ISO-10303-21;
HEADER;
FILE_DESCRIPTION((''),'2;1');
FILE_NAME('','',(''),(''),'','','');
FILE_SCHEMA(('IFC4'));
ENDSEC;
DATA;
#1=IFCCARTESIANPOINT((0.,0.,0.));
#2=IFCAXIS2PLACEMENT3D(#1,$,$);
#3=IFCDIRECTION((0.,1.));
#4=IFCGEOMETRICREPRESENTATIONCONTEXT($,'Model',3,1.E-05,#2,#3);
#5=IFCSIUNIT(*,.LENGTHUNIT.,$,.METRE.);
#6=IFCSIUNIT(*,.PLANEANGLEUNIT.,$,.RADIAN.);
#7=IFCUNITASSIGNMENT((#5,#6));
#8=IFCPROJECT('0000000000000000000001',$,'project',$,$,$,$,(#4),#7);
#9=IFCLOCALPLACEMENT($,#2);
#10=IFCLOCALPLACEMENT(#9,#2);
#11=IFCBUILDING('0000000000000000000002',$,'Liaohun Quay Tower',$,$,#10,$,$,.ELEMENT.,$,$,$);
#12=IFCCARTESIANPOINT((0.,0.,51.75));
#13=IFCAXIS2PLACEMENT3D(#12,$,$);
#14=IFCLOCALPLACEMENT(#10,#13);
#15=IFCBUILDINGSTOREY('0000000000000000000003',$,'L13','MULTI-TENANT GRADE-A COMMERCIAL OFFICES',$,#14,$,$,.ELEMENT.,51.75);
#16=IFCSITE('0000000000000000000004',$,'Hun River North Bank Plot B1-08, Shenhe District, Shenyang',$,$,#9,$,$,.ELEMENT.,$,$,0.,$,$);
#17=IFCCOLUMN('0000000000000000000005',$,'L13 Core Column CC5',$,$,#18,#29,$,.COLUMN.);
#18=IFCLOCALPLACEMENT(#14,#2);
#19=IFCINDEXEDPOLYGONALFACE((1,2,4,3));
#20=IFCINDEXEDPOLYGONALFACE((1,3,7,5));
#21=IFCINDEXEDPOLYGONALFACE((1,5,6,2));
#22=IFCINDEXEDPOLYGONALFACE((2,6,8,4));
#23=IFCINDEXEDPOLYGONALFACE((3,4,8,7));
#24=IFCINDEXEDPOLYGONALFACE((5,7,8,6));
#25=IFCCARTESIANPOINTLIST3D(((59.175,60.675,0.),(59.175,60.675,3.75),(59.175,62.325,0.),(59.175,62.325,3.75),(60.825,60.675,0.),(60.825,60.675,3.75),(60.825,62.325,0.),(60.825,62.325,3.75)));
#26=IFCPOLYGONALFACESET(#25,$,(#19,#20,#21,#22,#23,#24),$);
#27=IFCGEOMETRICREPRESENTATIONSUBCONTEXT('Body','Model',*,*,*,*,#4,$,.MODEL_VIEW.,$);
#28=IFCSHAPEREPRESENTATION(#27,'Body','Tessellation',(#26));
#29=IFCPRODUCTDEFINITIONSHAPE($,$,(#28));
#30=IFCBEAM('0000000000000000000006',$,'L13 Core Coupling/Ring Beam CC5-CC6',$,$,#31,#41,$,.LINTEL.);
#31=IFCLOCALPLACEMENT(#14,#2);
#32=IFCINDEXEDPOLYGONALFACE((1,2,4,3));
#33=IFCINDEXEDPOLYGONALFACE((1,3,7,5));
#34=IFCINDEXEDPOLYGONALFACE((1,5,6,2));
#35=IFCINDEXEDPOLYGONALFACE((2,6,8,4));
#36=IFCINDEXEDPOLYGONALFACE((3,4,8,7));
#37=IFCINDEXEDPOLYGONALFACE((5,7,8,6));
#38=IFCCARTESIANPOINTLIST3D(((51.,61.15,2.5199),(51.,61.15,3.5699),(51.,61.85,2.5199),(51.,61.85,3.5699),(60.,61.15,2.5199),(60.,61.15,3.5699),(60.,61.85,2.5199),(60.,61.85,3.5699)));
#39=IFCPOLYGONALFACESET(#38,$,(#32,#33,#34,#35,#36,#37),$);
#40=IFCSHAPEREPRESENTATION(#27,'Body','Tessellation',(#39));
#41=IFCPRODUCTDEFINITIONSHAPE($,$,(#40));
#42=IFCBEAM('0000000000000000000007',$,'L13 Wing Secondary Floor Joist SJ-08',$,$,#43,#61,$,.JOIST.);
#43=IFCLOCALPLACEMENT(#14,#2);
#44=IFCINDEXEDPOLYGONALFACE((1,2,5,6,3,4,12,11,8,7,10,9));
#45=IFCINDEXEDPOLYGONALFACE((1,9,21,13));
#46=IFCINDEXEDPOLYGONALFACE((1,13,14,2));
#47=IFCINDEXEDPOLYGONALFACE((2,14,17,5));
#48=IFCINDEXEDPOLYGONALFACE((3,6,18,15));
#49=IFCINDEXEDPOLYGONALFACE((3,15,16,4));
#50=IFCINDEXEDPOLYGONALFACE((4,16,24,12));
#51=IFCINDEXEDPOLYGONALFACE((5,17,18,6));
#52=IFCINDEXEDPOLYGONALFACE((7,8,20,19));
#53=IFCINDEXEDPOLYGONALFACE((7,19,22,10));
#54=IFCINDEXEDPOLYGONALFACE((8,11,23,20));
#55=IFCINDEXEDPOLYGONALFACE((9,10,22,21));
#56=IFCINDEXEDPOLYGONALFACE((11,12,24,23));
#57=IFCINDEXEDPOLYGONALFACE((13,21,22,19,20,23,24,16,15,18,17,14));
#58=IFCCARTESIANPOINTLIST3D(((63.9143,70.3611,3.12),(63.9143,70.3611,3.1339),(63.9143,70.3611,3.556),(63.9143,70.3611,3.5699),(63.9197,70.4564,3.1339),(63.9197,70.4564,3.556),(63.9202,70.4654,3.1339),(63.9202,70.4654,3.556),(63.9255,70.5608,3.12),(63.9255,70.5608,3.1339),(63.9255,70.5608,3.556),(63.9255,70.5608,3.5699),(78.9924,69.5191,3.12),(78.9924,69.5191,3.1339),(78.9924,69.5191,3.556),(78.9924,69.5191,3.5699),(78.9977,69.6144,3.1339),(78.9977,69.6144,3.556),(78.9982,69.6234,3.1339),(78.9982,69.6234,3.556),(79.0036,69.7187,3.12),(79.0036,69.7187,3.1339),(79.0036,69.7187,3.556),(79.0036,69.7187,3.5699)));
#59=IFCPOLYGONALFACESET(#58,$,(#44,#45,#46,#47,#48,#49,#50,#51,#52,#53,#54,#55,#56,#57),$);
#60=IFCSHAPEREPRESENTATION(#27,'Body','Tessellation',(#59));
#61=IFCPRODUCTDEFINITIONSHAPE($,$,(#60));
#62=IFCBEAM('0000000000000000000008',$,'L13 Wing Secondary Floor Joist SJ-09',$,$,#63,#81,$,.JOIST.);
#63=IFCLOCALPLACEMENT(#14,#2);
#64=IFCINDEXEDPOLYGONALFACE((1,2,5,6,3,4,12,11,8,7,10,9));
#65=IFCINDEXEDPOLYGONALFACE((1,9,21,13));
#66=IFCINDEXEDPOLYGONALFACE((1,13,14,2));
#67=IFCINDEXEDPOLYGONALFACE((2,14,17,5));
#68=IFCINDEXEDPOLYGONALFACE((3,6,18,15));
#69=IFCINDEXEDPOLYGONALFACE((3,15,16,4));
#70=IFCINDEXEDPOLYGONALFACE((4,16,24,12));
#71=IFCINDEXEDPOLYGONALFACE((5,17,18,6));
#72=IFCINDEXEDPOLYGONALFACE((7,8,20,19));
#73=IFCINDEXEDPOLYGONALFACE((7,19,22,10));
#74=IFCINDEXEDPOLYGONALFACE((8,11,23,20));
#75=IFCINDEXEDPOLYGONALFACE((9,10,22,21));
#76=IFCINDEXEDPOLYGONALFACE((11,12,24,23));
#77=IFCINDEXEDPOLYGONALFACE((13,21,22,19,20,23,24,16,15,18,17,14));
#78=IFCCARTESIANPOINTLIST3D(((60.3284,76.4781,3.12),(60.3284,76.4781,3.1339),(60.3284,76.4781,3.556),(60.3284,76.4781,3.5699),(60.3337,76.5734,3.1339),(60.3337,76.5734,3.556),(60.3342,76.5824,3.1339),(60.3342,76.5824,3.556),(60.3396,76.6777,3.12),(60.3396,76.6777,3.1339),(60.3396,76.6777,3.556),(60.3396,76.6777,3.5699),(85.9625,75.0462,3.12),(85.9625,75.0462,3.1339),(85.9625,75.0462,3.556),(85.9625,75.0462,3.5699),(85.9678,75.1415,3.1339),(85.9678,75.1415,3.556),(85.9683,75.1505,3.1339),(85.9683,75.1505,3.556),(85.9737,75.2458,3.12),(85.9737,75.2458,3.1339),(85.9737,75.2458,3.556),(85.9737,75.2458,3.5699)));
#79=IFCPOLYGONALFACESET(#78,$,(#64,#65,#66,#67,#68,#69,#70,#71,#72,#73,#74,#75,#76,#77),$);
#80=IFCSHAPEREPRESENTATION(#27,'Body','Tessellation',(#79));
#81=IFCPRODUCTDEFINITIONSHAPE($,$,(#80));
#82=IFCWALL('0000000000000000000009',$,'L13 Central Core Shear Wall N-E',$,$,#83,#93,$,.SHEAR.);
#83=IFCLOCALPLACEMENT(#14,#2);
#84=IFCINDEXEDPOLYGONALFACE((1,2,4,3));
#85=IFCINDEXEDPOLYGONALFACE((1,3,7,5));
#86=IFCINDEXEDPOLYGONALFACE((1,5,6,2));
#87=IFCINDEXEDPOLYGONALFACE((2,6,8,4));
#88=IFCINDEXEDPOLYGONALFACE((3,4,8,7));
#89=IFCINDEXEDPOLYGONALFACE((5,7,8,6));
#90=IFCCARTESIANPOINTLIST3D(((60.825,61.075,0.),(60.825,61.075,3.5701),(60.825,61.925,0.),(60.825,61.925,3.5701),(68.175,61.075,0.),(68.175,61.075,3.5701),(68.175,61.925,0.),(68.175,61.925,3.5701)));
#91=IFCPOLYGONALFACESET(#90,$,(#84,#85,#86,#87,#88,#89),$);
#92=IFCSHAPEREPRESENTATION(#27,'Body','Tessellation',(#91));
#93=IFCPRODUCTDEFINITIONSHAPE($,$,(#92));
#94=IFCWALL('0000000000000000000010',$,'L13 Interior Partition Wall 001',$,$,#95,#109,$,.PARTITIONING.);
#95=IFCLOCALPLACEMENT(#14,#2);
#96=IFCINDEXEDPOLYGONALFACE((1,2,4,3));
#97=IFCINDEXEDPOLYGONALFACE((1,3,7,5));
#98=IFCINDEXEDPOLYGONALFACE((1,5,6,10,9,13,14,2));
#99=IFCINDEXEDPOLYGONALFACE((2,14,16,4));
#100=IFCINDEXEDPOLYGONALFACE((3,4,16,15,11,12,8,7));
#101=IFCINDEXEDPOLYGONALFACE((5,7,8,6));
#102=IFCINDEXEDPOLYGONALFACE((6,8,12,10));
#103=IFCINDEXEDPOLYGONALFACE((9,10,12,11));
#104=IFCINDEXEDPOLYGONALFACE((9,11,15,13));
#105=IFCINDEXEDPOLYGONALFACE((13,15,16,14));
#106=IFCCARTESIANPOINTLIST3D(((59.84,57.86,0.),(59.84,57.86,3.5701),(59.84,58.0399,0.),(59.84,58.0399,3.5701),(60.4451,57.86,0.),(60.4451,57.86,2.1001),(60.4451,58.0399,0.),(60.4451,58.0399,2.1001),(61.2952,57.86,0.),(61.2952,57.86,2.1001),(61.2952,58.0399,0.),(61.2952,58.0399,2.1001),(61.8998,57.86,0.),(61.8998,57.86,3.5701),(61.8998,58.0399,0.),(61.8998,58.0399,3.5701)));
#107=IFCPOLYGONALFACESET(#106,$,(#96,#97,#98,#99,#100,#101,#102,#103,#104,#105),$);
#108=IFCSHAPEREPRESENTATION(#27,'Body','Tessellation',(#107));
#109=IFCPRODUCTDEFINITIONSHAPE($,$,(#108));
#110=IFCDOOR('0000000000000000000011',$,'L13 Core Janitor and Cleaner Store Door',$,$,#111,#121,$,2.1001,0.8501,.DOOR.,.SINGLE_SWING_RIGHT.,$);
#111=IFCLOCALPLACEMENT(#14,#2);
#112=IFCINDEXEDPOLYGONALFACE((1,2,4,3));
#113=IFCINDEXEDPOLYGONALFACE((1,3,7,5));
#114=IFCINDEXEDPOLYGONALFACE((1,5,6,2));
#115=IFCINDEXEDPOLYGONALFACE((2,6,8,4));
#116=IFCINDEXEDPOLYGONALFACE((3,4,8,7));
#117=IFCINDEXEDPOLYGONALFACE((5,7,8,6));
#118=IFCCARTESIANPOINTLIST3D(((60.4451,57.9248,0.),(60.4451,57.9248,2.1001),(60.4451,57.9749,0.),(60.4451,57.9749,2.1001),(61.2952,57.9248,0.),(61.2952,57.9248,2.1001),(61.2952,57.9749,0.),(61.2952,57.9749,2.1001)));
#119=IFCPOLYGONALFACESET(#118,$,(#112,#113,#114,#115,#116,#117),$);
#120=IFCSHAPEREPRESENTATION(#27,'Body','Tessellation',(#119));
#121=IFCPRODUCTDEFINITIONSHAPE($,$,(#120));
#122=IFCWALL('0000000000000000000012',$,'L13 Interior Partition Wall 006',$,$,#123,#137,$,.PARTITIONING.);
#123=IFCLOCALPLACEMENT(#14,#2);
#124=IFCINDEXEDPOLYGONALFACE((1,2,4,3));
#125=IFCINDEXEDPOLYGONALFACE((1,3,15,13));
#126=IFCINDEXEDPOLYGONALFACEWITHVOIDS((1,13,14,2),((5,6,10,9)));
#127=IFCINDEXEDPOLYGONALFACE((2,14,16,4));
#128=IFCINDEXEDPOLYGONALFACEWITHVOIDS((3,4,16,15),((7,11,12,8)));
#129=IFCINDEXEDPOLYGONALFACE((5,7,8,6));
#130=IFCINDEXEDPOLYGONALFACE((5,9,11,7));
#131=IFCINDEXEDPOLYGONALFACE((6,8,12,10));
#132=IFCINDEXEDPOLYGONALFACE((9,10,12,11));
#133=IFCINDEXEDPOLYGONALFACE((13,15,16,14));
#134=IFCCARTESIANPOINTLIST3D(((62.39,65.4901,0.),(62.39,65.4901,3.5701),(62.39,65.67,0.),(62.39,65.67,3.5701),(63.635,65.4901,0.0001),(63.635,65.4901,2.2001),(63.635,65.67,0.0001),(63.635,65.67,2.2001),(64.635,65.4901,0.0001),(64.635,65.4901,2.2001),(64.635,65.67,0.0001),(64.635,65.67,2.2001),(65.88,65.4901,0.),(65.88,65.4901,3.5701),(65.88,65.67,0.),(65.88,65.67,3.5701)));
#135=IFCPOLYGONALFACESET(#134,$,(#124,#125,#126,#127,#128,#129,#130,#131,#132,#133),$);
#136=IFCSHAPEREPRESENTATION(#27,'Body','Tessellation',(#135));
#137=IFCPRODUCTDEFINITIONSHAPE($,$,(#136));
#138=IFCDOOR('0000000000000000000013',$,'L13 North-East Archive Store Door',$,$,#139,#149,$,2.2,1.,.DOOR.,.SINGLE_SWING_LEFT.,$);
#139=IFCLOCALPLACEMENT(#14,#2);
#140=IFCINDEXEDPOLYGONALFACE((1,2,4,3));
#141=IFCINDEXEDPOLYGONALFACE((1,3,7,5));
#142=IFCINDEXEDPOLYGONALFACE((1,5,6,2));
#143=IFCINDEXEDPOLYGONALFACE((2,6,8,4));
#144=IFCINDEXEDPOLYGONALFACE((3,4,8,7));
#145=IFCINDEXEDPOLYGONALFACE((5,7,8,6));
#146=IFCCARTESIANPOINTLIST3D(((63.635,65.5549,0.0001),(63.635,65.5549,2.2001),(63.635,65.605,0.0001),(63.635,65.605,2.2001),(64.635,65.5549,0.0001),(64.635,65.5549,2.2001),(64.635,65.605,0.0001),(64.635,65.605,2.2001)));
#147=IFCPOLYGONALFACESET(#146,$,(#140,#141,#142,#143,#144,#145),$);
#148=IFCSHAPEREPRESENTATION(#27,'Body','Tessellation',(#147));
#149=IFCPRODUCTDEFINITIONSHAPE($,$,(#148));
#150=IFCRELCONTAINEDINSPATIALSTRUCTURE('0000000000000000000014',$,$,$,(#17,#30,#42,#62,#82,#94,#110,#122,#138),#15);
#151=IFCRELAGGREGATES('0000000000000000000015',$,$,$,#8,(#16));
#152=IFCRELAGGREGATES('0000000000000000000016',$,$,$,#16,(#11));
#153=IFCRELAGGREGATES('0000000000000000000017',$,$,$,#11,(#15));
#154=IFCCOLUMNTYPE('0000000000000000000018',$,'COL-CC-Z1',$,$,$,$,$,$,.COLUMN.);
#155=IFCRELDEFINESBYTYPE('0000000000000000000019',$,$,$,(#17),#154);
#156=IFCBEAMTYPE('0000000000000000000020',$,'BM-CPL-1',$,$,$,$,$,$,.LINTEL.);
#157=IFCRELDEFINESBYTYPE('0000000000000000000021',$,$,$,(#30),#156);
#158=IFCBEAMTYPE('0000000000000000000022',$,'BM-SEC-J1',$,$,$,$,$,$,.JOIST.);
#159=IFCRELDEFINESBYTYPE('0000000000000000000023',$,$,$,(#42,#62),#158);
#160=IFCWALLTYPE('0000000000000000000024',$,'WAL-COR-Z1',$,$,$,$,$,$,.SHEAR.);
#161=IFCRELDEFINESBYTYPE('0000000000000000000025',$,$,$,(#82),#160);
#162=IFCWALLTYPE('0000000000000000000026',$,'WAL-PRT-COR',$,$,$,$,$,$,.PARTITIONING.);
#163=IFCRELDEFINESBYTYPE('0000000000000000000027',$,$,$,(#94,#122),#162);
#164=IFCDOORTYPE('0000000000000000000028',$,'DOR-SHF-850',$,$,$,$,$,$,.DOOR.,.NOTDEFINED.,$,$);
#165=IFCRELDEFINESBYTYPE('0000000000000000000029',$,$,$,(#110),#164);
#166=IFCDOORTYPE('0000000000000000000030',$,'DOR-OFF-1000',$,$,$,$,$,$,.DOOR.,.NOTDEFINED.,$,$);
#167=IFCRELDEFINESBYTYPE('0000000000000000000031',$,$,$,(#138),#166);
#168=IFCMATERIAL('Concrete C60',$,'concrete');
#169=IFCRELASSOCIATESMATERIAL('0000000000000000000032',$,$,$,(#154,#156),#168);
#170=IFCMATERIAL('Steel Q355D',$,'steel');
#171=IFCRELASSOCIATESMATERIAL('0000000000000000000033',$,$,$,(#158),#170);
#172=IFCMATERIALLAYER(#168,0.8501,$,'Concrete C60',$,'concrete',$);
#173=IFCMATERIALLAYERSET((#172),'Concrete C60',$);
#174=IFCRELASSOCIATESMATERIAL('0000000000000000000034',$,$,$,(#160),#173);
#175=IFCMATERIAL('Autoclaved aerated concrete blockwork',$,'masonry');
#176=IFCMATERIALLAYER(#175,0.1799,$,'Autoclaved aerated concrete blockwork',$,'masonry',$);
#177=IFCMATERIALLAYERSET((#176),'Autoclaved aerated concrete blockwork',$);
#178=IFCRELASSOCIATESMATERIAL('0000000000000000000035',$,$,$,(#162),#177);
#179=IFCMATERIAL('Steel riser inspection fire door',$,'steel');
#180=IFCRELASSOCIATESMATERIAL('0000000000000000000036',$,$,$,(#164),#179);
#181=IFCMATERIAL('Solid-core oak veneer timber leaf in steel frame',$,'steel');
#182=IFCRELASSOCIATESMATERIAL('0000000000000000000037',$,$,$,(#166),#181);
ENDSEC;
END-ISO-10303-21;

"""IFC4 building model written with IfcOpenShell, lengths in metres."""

from ifc_helpers import new_model, si_unit, direction, frame, frame_2d, origin, origin_2d, place, context, subcontext, project, spatial, rectangle, i_section, extrude, source, transform, mapped, material, layer, layer_set, material_profile, profile_set, type_object, element, fill, save


model = new_model("IFC4")

# Units and contexts
model_context = context("Model", 3, precision=1e-05, world=origin(), true_north=direction((0.0, 1.0)))
body_context = subcontext(model_context, "Body", "Model", "MODEL_VIEW")
ifc_project = project(units=[si_unit("LENGTHUNIT", "METRE"), si_unit("PLANEANGLEUNIT", "RADIAN")], contexts=[model_context])

# Site, building, storey
site_placement = place(None, origin())
site = spatial("IfcSite", under=ifc_project, at=site_placement, Name="Hun River North Bank Plot B1-08, Shenhe District, Shenyang", CompositionType="ELEMENT", RefElevation=0.0)
building_placement = place(site_placement, origin())
building = spatial("IfcBuilding", under=site, at=building_placement, Name="Liaohun Quay Tower", CompositionType="ELEMENT")
storey_placement = place(building_placement, frame((0.0, 0.0, 51.75)))
storey = spatial("IfcBuildingStorey", under=building, at=storey_placement, Name="L13", Description="MULTI-TENANT GRADE-A COMMERCIAL OFFICES", CompositionType="ELEMENT", Elevation=51.75)

# Column
ifc_material_1 = material(Name="Concrete C60", Category="concrete")
ifc_material_profile_1 = material_profile(ifc_material_1, rectangle(XDim=1.6499, YDim=1.6499, at=origin_2d()), Name="RC1650x1650")
ifc_profile_set_1 = profile_set([ifc_material_profile_1], Name="Concrete C60")
column_type = type_object("IfcColumnType", Name="COL-CC-Z1", PredefinedType="COLUMN", material=ifc_profile_set_1)
shared_shape_1 = source(origin(), body_context, "Body", "SweptSolid", [
    extrude(rectangle(XDim=1.6499, YDim=1.6499, at=origin_2d()), origin(), (0.0, 0.0, 1.0), 3.75),
])
column_placement = place(storey_placement, frame((60.0, 61.5, 0.0), z_axis=(0.0, 0.0, 1.0), x_axis=(1.0, 0.0, 0.0)))
element("IfcColumn", 1, at=column_placement, inside=storey, type_object=column_type, Name="L13 Core Column CC5", PredefinedType="COLUMN", context=body_context, shape_type="MappedRepresentation", body=[
    mapped(shared_shape_1, transform((0.0, 0.0, 0.0), x_axis=(1.0, 0.0, 0.0), y_axis=(0.0, 1.0, 0.0), z_axis=(0.0, 0.0, 1.0), scale=1.0)),
])

# Beams
ifc_material_profile_2 = material_profile(ifc_material_1, rectangle(XDim=0.7, YDim=1.05, at=origin_2d()), Name="RC700x1050")
ifc_profile_set_2 = profile_set([ifc_material_profile_2], Name="Concrete C60")
beam_type_1 = type_object("IfcBeamType", Name="BM-CPL-1", PredefinedType="LINTEL", material=ifc_profile_set_2)
shared_shape_2 = source(origin(), body_context, "Body", "SweptSolid", [
    extrude(rectangle(XDim=0.7, YDim=1.05, at=origin_2d()), origin(), (0.0, 0.0, 1.0), 9.0),
])
beam_1_placement = place(storey_placement, frame((60.0, 61.5, 3.0449), z_axis=(-1.0, 0.0, 0.0), x_axis=(0.0, -1.0, 0.0)))
element("IfcBeam", 2, at=beam_1_placement, inside=storey, type_object=beam_type_1, Name="L13 Core Coupling/Ring Beam CC5-CC6", PredefinedType="LINTEL", context=body_context, shape_type="MappedRepresentation", body=[
    mapped(shared_shape_2, transform((0.0, 0.0, 0.0), x_axis=(1.0, 0.0, 0.0), y_axis=(0.0, 1.0, 0.0), z_axis=(0.0, 0.0, 1.0), scale=1.0)),
])
ifc_material_2 = material(Name="Steel Q355D", Category="steel")
ifc_material_profile_3 = material_profile(ifc_material_2, i_section(OverallWidth=0.2, OverallDepth=0.45, WebThickness=0.009, FlangeThickness=0.0139, at=origin_2d()), Name="HN450x200x9x14")
ifc_profile_set_3 = profile_set([ifc_material_profile_3], Name="Steel Q355D")
beam_type_2 = type_object("IfcBeamType", Name="BM-SEC-J1", PredefinedType="JOIST", material=ifc_profile_set_3)
shared_shape_3 = source(origin(), body_context, "Body", "SweptSolid", [
    extrude(i_section(OverallWidth=0.2, OverallDepth=0.45, WebThickness=0.009, FlangeThickness=0.0139, at=origin_2d()), origin(), (0.0, 0.0, 1.0), 15.1016),
])
beam_2_placement = place(storey_placement, frame((63.9199, 70.4609, 3.345), z_axis=(0.998444, -0.055758, 0.0), x_axis=(0.055758, 0.998444, 0.0)))
element("IfcBeam", 3, at=beam_2_placement, inside=storey, type_object=beam_type_2, Name="L13 Wing Secondary Floor Joist SJ-08", PredefinedType="JOIST", context=body_context, shape_type="MappedRepresentation", body=[
    mapped(shared_shape_3, transform((0.0, 0.0, 0.0), x_axis=(1.0, 0.0, 0.0), y_axis=(0.0, 1.0, 0.0), z_axis=(0.0, 0.0, 1.0), scale=1.0)),
])
shared_shape_4 = source(origin(), body_context, "Body", "SweptSolid", [
    extrude(i_section(OverallWidth=0.2, OverallDepth=0.45, WebThickness=0.009, FlangeThickness=0.0139, at=origin_2d()), origin(), (0.0, 0.0, 1.0), 25.6741),
])
beam_3_placement = place(storey_placement, frame((60.334, 76.5779, 3.345), z_axis=(0.998444, -0.055772, 0.0), x_axis=(0.055772, 0.998444, 0.0)))
element("IfcBeam", 4, at=beam_3_placement, inside=storey, type_object=beam_type_2, Name="L13 Wing Secondary Floor Joist SJ-09", PredefinedType="JOIST", context=body_context, shape_type="MappedRepresentation", body=[
    mapped(shared_shape_4, transform((0.0, 0.0, 0.0), x_axis=(1.0, 0.0, 0.0), y_axis=(0.0, 1.0, 0.0), z_axis=(0.0, 0.0, 1.0), scale=1.0)),
])

# Wall
ifc_layer_1 = layer(ifc_material_1, 0.8501, Name="Concrete C60", Category="concrete")
ifc_layer_set_1 = layer_set([ifc_layer_1], Name="Concrete C60")
wall_type_1 = type_object("IfcWallType", Name="WAL-COR-Z1", PredefinedType="SHEAR", material=ifc_layer_set_1)
wall_1_placement = place(storey_placement, frame((60.825, 61.5, 0.0), z_axis=(0.0, 0.0, 1.0), x_axis=(1.0, 0.0, 0.0)))
element("IfcWall", 5, at=wall_1_placement, inside=storey, type_object=wall_type_1, Name="L13 Central Core Shear Wall N-E", PredefinedType="SHEAR", context=body_context, shape_type="SweptSolid", body=[
    extrude(rectangle(XDim=7.3501, YDim=0.8501, at=frame_2d((3.675, 0.0))), origin(), (0.0, 0.0, 1.0), 3.5701),
])

# Walls, openings, doors
ifc_material_3 = material(Name="Autoclaved aerated concrete blockwork", Category="masonry")
ifc_layer_2 = layer(ifc_material_3, 0.1799, Name="Autoclaved aerated concrete blockwork", Category="masonry")
ifc_layer_set_2 = layer_set([ifc_layer_2], Name="Autoclaved aerated concrete blockwork")
wall_type_2 = type_object("IfcWallType", Name="WAL-PRT-COR", PredefinedType="PARTITIONING", material=ifc_layer_set_2)
wall_2_placement = place(storey_placement, frame((59.8401, 57.95, 0.0), z_axis=(0.0, 0.0, 1.0), x_axis=(1.0, 0.0, 0.0)))
wall_2 = element("IfcWall", 6, at=wall_2_placement, inside=storey, type_object=wall_type_2, Name="L13 Interior Partition Wall 001", PredefinedType="PARTITIONING", context=body_context, shape_type="SweptSolid", body=[
    extrude(rectangle(XDim=2.0598, YDim=0.1799, at=frame_2d((1.0298, 0.0))), origin(), (0.0, 0.0, 1.0), 3.5701),
])
shared_shape_5 = source(origin(), body_context, "Body", "SweptSolid", [
    extrude(rectangle(XDim=0.8501, YDim=2.1001, at=frame_2d((0.425, 1.05))), frame((0.0, 0.0999, 0.0), z_axis=(0.0, -1.0, 0.0), x_axis=(1.0, 0.0, 0.0)), (0.0, 0.0, 1.0), 0.2),
])
opening_1_placement = place(wall_2_placement, frame((0.605, 0.0, 0.0)))
opening_1 = element("IfcOpeningElement", 7, at=opening_1_placement, cuts=wall_2, PredefinedType="OPENING", context=body_context, shape_type="MappedRepresentation", body=[
    mapped(shared_shape_5, transform((0.0, 0.0, 0.0), x_axis=(1.0, 0.0, 0.0), y_axis=(0.0, 1.0, 0.0), z_axis=(0.0, 0.0, 1.0), scale=1.0)),
])
ifc_material_4 = material(Name="Steel riser inspection fire door", Category="steel")
door_type_1 = type_object("IfcDoorType", Name="DOR-SHF-850", OperationType="NOTDEFINED", PredefinedType="DOOR", material=ifc_material_4)
shared_shape_6 = source(origin(), body_context, "Body", "SweptSolid", [
    extrude(rectangle(XDim=0.8501, YDim=2.1001, at=frame_2d((0.425, 1.05))), frame((0.0, 0.0249, 0.0), z_axis=(0.0, -1.0, 0.0), x_axis=(1.0, 0.0, 0.0)), (0.0, 0.0, 1.0), 0.05),
])
door_1_placement = place(opening_1_placement, origin())
door_1 = element("IfcDoor", 8, at=door_1_placement, inside=storey, type_object=door_type_1, Name="L13 Core Janitor and Cleaner Store Door", OperationType="SINGLE_SWING_RIGHT", OverallHeight=2.1001, OverallWidth=0.8501, PredefinedType="DOOR", context=body_context, shape_type="MappedRepresentation", body=[
    mapped(shared_shape_6, transform((0.0, 0.0, 0.0), x_axis=(1.0, 0.0, 0.0), y_axis=(0.0, 1.0, 0.0), z_axis=(0.0, 0.0, 1.0), scale=1.0)),
])
fill(opening_1, door_1)
wall_3_placement = place(storey_placement, frame((62.3899, 65.5801, 0.0), z_axis=(0.0, 0.0, 1.0), x_axis=(1.0, 0.0, 0.0)))
wall_3 = element("IfcWall", 9, at=wall_3_placement, inside=storey, type_object=wall_type_2, Name="L13 Interior Partition Wall 006", PredefinedType="PARTITIONING", context=body_context, shape_type="SweptSolid", body=[
    extrude(rectangle(XDim=3.49, YDim=0.1799, at=frame_2d((1.7451, 0.0))), origin(), (0.0, 0.0, 1.0), 3.5701),
])
shared_shape_7 = source(origin(), body_context, "Body", "SweptSolid", [
    extrude(rectangle(XDim=1.0, YDim=2.2, at=frame_2d((0.5, 1.1001))), frame((0.0, 0.0999, 0.0), z_axis=(0.0, -1.0, 0.0), x_axis=(1.0, 0.0, 0.0)), (0.0, 0.0, 1.0), 0.2),
])
opening_2_placement = place(wall_3_placement, frame((1.2451, 0.0, 0.0)))
opening_2 = element("IfcOpeningElement", 10, at=opening_2_placement, cuts=wall_3, PredefinedType="OPENING", context=body_context, shape_type="MappedRepresentation", body=[
    mapped(shared_shape_7, transform((0.0, 0.0, 0.0), x_axis=(1.0, 0.0, 0.0), y_axis=(0.0, 1.0, 0.0), z_axis=(0.0, 0.0, 1.0), scale=1.0)),
])
ifc_material_5 = material(Name="Solid-core oak veneer timber leaf in steel frame", Category="steel")
door_type_2 = type_object("IfcDoorType", Name="DOR-OFF-1000", OperationType="NOTDEFINED", PredefinedType="DOOR", material=ifc_material_5)
shared_shape_8 = source(origin(), body_context, "Body", "SweptSolid", [
    extrude(rectangle(XDim=1.0, YDim=2.2, at=frame_2d((0.5, 1.1001))), frame((0.0, 0.0249, 0.0), z_axis=(0.0, -1.0, 0.0), x_axis=(1.0, 0.0, 0.0)), (0.0, 0.0, 1.0), 0.05),
])
door_2_placement = place(opening_2_placement, origin())
door_2 = element("IfcDoor", 11, at=door_2_placement, inside=storey, type_object=door_type_2, Name="L13 North-East Archive Store Door", OperationType="SINGLE_SWING_LEFT", OverallHeight=2.2, OverallWidth=1.0, PredefinedType="DOOR", context=body_context, shape_type="MappedRepresentation", body=[
    mapped(shared_shape_8, transform((0.0, 0.0, 0.0), x_axis=(1.0, 0.0, 0.0), y_axis=(0.0, 1.0, 0.0), z_axis=(0.0, 0.0, 1.0), scale=1.0)),
])
fill(opening_2, door_2)

save(model, "model.ifc")
